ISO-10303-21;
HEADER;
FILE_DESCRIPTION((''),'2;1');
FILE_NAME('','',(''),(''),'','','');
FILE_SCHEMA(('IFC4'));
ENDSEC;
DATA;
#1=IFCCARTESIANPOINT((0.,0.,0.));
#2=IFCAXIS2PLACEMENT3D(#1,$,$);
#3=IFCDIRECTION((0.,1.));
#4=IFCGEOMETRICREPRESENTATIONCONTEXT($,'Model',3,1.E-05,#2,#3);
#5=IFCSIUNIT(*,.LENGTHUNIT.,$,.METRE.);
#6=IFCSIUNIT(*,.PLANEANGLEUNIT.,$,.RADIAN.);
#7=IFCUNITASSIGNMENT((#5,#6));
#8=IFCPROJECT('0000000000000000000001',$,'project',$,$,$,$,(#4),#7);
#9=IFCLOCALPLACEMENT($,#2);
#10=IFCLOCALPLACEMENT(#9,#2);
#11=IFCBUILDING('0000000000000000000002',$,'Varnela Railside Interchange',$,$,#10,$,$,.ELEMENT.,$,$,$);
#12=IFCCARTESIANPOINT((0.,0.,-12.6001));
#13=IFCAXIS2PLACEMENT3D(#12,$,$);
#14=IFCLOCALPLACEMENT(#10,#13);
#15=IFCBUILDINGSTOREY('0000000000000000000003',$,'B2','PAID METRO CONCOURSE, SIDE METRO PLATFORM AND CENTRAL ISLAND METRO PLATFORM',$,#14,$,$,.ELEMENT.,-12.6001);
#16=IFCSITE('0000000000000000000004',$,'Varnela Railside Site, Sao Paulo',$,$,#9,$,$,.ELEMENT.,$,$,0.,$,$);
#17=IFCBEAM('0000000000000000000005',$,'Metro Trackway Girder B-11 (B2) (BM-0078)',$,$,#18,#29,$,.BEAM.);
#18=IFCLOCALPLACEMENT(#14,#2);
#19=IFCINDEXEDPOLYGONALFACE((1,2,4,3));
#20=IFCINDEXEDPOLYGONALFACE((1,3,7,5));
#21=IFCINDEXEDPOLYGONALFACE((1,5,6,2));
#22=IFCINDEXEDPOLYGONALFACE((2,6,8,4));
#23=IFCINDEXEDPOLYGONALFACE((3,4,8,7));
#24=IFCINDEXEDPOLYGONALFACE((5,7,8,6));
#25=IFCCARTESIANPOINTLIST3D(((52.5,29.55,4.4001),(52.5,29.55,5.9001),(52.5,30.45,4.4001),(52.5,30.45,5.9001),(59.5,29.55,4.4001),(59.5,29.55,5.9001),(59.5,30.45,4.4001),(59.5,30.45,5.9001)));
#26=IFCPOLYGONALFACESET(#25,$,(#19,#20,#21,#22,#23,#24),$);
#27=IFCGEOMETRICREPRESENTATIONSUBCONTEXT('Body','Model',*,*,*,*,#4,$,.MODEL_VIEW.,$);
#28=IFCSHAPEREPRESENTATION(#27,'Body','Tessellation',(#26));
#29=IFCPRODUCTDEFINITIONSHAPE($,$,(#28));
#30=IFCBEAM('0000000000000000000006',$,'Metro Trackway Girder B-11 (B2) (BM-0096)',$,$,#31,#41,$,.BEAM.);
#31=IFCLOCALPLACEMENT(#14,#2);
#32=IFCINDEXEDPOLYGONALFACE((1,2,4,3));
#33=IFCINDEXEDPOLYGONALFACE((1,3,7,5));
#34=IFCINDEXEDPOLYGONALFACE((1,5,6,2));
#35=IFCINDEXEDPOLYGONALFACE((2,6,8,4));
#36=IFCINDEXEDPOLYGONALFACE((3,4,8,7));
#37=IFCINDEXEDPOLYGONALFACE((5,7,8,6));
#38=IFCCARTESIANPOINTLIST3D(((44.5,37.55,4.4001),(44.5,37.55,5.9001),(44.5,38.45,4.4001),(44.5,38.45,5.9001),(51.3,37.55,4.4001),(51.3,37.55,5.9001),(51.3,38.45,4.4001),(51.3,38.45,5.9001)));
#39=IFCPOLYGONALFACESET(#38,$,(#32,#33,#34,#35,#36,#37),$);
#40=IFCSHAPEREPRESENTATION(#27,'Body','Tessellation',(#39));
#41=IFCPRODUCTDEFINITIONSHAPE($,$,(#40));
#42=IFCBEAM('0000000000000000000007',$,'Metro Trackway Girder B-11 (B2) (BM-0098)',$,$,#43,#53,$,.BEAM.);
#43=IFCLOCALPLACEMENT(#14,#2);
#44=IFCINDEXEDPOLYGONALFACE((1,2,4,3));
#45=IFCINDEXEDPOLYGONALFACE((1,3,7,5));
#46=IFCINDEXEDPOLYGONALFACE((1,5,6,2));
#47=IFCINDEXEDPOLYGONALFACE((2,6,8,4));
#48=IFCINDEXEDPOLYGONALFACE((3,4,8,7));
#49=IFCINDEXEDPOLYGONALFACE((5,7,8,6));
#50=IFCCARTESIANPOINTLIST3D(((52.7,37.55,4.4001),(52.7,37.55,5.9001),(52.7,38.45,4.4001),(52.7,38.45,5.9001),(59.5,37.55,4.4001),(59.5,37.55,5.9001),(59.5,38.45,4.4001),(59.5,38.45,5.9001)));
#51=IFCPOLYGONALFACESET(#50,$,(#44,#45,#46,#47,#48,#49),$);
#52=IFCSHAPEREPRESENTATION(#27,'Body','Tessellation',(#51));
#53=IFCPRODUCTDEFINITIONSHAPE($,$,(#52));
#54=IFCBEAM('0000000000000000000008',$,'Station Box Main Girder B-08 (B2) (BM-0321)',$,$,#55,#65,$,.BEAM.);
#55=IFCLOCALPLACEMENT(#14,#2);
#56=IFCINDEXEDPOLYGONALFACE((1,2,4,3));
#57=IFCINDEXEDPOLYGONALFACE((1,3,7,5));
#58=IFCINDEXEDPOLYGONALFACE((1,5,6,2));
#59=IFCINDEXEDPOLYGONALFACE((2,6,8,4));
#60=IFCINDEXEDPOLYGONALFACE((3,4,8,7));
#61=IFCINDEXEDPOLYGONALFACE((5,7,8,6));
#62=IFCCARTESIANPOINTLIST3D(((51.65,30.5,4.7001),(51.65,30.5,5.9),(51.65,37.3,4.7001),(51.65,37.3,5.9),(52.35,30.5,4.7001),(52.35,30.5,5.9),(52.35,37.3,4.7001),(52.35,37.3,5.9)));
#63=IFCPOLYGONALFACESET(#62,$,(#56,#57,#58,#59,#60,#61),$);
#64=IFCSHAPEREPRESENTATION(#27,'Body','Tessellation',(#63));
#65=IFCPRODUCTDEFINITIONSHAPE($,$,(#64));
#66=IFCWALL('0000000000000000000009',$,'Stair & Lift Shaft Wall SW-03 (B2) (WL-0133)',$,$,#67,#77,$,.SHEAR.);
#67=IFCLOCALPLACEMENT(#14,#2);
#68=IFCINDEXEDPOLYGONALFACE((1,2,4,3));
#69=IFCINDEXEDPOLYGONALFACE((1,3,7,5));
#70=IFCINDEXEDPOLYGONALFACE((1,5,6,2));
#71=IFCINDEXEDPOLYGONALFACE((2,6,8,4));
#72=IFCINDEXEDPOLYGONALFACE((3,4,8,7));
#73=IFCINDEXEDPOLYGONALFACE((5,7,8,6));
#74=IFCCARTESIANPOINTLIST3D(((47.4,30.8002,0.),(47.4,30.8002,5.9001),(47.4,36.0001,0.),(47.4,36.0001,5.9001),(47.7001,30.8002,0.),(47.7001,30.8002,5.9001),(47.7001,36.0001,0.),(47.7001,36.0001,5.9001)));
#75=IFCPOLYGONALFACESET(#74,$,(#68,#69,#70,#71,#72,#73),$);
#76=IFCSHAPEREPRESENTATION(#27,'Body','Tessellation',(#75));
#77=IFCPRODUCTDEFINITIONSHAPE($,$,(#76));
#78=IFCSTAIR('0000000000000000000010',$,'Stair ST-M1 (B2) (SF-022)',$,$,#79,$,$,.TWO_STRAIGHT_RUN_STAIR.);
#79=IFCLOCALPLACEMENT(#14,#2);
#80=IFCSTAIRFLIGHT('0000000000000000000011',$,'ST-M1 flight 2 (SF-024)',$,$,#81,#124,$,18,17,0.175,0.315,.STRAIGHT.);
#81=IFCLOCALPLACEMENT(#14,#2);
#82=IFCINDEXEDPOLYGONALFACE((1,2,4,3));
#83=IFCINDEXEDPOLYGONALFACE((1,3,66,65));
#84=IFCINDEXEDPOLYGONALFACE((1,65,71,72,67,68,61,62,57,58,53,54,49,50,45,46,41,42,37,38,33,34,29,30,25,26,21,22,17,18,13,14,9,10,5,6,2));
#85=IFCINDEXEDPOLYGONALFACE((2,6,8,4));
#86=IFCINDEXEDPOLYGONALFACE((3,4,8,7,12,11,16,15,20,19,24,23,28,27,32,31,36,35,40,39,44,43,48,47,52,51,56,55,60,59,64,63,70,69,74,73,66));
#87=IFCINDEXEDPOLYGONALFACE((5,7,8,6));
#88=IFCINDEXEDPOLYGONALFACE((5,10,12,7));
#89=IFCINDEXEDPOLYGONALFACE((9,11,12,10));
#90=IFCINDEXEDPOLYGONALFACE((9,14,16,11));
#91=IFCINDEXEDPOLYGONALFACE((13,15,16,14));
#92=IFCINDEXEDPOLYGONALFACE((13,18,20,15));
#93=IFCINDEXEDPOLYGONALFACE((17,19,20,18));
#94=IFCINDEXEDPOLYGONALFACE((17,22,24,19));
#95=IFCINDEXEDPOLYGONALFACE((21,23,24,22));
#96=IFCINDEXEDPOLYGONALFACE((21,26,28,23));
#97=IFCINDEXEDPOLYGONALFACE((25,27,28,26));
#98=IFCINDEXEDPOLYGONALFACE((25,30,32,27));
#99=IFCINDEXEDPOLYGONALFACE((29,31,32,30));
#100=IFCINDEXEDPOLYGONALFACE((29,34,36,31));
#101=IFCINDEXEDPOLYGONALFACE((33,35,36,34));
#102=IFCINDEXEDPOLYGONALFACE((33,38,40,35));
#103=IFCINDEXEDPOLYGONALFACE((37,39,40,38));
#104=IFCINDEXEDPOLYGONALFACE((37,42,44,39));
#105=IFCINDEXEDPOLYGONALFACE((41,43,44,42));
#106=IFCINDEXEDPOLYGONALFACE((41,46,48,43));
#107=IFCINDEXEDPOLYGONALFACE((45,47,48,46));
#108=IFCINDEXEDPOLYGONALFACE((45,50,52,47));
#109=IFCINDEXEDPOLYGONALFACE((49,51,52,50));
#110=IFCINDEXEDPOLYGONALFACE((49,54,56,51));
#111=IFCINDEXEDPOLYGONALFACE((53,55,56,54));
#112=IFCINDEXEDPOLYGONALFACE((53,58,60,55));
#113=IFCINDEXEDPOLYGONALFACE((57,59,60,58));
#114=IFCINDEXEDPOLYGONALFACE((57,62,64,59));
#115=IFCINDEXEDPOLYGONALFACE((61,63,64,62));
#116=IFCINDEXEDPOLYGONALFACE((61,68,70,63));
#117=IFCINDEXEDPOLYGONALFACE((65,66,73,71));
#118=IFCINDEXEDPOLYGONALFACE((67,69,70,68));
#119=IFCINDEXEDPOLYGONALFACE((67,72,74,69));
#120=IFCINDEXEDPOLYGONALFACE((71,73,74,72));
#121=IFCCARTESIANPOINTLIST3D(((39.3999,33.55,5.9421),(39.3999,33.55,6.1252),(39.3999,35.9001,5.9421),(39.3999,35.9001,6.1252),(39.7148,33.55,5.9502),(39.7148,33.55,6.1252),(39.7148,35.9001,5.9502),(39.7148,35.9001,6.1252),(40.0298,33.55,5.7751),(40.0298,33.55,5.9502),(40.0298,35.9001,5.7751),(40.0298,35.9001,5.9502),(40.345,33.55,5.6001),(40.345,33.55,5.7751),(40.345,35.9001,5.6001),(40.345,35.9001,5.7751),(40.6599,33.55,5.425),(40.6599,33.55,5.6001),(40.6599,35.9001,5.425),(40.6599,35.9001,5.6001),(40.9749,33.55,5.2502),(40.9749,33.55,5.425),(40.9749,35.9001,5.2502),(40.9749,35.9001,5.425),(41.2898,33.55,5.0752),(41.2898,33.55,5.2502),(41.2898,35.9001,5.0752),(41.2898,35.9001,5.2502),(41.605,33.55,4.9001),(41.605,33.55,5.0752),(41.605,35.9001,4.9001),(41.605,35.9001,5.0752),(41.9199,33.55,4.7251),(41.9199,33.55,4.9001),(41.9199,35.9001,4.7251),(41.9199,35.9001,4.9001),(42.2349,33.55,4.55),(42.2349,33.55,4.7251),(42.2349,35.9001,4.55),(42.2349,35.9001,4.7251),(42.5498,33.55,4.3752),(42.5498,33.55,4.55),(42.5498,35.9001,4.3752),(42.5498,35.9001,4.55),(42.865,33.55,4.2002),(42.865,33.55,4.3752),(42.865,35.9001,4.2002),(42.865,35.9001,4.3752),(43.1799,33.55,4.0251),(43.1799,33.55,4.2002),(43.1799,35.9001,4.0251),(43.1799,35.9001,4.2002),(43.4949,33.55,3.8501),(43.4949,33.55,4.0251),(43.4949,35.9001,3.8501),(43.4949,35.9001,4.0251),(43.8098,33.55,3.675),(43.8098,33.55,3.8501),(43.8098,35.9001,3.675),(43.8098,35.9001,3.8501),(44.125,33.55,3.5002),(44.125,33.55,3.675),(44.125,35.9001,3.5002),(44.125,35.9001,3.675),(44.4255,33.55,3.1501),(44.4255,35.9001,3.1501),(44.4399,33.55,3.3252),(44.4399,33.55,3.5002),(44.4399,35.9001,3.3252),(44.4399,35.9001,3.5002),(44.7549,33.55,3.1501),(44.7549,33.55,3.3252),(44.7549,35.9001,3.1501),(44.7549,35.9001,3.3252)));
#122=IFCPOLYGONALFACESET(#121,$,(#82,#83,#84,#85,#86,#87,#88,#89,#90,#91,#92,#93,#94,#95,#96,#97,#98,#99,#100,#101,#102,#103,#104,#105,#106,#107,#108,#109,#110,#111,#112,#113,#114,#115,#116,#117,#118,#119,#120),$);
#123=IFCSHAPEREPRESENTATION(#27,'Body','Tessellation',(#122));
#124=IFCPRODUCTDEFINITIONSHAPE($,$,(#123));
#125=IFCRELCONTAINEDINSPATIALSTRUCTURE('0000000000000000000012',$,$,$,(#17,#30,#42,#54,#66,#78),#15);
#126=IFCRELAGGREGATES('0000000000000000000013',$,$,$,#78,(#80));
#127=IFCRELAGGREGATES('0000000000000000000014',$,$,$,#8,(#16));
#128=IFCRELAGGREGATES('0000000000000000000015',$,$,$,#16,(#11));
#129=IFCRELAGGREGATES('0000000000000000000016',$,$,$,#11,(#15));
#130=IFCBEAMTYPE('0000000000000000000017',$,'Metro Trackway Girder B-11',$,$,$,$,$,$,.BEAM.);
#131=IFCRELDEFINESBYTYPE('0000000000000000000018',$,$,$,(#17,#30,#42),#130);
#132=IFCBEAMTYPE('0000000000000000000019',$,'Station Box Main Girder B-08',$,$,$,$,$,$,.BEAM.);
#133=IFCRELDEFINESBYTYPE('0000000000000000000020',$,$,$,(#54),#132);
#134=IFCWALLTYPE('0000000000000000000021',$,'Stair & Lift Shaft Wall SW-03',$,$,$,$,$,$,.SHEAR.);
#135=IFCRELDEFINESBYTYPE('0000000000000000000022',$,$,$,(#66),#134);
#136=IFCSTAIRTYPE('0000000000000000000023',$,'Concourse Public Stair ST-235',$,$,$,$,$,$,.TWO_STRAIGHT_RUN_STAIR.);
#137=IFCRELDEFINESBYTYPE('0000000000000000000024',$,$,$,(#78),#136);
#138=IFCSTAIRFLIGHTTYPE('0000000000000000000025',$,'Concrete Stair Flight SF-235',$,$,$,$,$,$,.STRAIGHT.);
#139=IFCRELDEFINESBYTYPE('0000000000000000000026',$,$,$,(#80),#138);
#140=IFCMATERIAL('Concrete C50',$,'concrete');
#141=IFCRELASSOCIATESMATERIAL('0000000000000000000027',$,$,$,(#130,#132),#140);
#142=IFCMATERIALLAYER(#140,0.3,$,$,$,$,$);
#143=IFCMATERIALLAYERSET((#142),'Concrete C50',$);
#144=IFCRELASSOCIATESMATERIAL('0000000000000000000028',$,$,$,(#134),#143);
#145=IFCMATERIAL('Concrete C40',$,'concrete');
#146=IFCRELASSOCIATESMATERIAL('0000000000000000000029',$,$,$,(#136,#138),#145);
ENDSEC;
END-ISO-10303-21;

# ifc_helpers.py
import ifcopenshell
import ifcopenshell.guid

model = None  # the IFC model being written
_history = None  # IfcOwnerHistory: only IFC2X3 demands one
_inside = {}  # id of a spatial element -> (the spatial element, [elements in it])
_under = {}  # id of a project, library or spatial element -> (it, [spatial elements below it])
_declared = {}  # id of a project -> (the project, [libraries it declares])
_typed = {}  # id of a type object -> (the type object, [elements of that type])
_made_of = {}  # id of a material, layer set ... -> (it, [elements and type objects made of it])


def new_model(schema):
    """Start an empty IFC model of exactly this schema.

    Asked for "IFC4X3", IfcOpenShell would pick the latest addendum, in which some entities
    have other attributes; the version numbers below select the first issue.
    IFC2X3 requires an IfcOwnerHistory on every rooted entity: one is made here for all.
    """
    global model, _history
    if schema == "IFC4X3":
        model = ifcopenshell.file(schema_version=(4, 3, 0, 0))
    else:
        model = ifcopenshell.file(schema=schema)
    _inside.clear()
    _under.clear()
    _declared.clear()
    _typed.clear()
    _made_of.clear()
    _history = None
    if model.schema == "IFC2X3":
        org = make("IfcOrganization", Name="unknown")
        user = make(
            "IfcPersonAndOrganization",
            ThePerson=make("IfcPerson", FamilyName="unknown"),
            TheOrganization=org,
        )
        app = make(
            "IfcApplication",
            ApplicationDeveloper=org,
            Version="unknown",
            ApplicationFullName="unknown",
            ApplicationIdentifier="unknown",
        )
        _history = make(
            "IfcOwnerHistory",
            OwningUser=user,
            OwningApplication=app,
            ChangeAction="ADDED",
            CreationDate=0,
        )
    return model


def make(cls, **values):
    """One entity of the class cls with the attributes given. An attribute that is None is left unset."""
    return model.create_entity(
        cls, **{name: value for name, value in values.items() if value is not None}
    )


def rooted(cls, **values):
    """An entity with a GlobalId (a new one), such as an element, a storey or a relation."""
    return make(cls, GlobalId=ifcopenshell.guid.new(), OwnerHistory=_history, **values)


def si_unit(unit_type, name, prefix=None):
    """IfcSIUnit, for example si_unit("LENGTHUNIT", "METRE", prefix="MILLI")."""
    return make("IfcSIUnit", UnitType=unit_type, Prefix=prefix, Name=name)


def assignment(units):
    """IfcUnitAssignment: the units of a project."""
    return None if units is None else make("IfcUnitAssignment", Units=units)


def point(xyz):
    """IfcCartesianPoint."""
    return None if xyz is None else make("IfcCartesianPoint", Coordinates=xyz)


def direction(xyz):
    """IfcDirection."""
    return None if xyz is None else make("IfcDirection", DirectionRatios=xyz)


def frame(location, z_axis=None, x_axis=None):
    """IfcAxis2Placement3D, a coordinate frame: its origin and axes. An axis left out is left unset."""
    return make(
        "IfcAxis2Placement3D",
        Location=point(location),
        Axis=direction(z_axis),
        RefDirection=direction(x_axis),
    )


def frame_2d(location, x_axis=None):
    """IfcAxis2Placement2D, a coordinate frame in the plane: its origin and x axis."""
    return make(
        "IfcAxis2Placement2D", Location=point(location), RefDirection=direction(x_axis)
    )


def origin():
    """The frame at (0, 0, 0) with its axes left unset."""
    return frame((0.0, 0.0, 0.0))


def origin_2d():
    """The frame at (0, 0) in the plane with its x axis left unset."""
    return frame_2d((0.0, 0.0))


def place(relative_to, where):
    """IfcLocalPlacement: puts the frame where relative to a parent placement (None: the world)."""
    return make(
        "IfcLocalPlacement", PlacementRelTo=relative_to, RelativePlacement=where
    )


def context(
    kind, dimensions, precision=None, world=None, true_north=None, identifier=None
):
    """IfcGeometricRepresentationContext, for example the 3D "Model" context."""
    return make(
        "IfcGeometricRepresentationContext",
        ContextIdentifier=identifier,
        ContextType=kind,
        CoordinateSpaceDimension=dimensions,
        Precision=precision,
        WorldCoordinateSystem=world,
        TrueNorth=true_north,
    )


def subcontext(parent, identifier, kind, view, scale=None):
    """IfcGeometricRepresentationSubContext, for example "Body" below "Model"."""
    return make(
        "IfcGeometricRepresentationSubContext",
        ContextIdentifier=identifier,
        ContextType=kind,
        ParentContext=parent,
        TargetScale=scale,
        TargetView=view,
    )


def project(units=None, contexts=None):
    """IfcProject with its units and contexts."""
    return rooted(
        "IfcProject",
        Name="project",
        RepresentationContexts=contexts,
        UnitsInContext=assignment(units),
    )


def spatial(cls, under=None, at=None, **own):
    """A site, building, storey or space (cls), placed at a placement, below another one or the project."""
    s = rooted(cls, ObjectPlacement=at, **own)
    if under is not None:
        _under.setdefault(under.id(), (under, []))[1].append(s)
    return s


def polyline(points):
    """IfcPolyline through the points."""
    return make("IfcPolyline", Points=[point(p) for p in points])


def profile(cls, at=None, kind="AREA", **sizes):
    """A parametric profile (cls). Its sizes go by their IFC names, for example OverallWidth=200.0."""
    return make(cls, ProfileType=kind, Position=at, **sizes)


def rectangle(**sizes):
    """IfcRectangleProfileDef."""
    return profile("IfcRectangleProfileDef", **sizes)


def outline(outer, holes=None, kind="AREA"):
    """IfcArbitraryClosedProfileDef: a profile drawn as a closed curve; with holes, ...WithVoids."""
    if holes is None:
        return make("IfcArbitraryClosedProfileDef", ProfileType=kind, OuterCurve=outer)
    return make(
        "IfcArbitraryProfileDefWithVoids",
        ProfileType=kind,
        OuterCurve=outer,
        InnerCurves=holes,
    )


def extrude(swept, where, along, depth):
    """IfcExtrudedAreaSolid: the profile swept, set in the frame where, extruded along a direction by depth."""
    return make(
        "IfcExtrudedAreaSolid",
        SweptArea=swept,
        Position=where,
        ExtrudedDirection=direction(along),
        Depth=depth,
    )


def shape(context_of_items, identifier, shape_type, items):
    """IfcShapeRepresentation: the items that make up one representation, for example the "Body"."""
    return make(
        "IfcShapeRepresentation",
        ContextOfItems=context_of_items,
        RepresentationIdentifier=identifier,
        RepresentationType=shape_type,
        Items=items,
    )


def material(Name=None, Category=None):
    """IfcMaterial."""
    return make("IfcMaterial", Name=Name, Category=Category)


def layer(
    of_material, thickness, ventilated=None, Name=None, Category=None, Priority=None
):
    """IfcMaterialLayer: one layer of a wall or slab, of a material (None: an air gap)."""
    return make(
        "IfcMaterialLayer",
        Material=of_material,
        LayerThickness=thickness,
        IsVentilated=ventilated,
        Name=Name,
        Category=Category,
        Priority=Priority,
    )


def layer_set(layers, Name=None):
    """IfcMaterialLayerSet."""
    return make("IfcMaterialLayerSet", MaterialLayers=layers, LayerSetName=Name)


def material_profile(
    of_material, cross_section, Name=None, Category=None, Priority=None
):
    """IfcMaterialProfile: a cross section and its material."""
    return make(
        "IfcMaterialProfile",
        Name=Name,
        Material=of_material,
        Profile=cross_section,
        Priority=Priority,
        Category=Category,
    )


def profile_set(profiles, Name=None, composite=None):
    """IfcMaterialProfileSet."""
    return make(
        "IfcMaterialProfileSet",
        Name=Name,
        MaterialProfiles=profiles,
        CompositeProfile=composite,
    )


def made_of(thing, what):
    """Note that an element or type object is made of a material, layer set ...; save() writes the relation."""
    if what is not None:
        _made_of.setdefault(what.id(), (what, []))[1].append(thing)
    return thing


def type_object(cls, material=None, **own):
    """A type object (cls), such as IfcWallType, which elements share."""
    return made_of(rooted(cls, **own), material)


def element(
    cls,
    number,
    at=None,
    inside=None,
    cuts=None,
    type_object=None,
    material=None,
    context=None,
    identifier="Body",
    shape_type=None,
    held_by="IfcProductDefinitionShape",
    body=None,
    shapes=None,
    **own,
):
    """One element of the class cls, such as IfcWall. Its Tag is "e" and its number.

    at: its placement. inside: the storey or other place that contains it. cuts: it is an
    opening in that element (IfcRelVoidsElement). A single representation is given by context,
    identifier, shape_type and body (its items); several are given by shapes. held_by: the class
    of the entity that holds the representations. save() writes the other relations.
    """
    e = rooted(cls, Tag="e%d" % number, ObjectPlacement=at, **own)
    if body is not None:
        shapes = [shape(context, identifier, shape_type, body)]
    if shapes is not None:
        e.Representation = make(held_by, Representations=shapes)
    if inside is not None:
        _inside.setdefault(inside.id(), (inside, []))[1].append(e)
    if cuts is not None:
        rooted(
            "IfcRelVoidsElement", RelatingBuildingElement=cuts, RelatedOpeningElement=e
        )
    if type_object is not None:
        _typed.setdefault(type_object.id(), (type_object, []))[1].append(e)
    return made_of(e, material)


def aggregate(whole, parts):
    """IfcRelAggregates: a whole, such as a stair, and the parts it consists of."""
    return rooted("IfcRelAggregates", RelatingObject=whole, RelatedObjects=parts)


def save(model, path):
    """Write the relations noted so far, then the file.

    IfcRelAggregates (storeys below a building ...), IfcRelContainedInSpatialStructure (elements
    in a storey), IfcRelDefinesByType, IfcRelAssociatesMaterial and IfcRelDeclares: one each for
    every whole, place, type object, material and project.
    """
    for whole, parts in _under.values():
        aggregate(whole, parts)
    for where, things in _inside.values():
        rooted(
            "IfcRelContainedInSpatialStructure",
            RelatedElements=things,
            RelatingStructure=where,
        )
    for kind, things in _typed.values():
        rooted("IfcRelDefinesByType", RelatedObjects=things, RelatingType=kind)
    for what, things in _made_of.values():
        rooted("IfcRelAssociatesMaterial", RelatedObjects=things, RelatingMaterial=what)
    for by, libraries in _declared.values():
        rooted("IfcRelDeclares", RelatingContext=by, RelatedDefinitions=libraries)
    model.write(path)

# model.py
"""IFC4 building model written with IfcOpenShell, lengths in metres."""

from ifc_helpers import new_model, si_unit, direction, frame, frame_2d, origin, origin_2d, place, context, subcontext, project, spatial, polyline, rectangle, outline, extrude, material, layer, layer_set, material_profile, profile_set, type_object, element, aggregate, save


model = new_model("IFC4")

# Units and contexts
model_context = context("Model", 3, precision=1e-05, world=origin(), true_north=direction((0.0, 1.0)))
body_context = subcontext(model_context, "Body", "Model", "MODEL_VIEW")
ifc_project = project(units=[si_unit("LENGTHUNIT", "METRE"), si_unit("PLANEANGLEUNIT", "RADIAN")], contexts=[model_context])

# Site, building, storey
site_placement = place(None, origin())
site = spatial("IfcSite", under=ifc_project, at=site_placement, Name="Varnela Railside Site, Sao Paulo", CompositionType="ELEMENT", RefElevation=0.0)
building_placement = place(site_placement, origin())
building = spatial("IfcBuilding", under=site, at=building_placement, Name="Varnela Railside Interchange", CompositionType="ELEMENT")
storey_placement = place(building_placement, frame((0.0, 0.0, -12.6001)))
storey = spatial("IfcBuildingStorey", under=building, at=storey_placement, Name="B2", Description="PAID METRO CONCOURSE, SIDE METRO PLATFORM AND CENTRAL ISLAND METRO PLATFORM", CompositionType="ELEMENT", Elevation=-12.6001)

# Shared definitions
ifc_material_1 = material(Name="Concrete C40", Category="concrete")

# Shared definitions
ifc_material_2 = material(Name="Concrete C50", Category="concrete")

# Beams
ifc_material_profile_1 = material_profile(ifc_material_2, rectangle(XDim=0.8999, YDim=1.5, at=origin_2d()), Name="RC 900x1500")
ifc_profile_set_1 = profile_set([ifc_material_profile_1], Name="Concrete C50")
beam_type_1 = type_object("IfcBeamType", Name="Metro Trackway Girder B-11", PredefinedType="BEAM", material=ifc_profile_set_1)
for number, where, z_axis, x_axis, name in (
    (1, (52.5, 30.0, 5.1501), (1.0, 0.0, 0.0), (0.0, 1.0, 0.0), "Metro Trackway Girder B-11 (B2) (BM-0078)"),
):
    element("IfcBeam", number, at=place(storey_placement, frame(where, z_axis=z_axis, x_axis=x_axis)), inside=storey, type_object=beam_type_1, Name=name, PredefinedType="BEAM", context=body_context, shape_type="SweptSolid", body=[
        extrude(rectangle(XDim=0.8999, YDim=1.5, at=origin_2d()), origin(), (0.0, 0.0, 1.0), 7.0),
    ])
for number, where, z_axis, x_axis, name in (
    (2, (44.5, 38.0, 5.1501), (1.0, 0.0, 0.0), (0.0, 1.0, 0.0), "Metro Trackway Girder B-11 (B2) (BM-0096)"),
    (3, (52.7, 38.0, 5.1501), (1.0, 0.0, 0.0), (0.0, 1.0, 0.0), "Metro Trackway Girder B-11 (B2) (BM-0098)"),
):
    element("IfcBeam", number, at=place(storey_placement, frame(where, z_axis=z_axis, x_axis=x_axis)), inside=storey, type_object=beam_type_1, Name=name, PredefinedType="BEAM", context=body_context, shape_type="SweptSolid", body=[
        extrude(rectangle(XDim=0.8999, YDim=1.5, at=origin_2d()), origin(), (0.0, 0.0, 1.0), 6.8),
    ])
ifc_material_profile_2 = material_profile(ifc_material_2, rectangle(XDim=0.7, YDim=1.2, at=origin_2d()), Name="RC 700x1200")
ifc_profile_set_2 = profile_set([ifc_material_profile_2], Name="Concrete C50")
beam_type_2 = type_object("IfcBeamType", Name="Station Box Main Girder B-08", PredefinedType="BEAM", material=ifc_profile_set_2)
beam_1_placement = place(storey_placement, frame((52.0, 30.5, 5.3), z_axis=(0.0, 1.0, 0.0), x_axis=(-1.0, 0.0, 0.0)))
element("IfcBeam", 4, at=beam_1_placement, inside=storey, type_object=beam_type_2, Name="Station Box Main Girder B-08 (B2) (BM-0321)", PredefinedType="BEAM", context=body_context, shape_type="SweptSolid", body=[
    extrude(rectangle(XDim=0.7, YDim=1.2, at=origin_2d()), origin(), (0.0, 0.0, 1.0), 6.8),
])

# Wall
ifc_layer = layer(ifc_material_2, 0.3)
ifc_layer_set = layer_set([ifc_layer], Name="Concrete C50")
wall_type = type_object("IfcWallType", Name="Stair & Lift Shaft Wall SW-03", PredefinedType="SHEAR", material=ifc_layer_set)
wall_placement = place(storey_placement, frame((47.55, 30.8, 0.0), z_axis=(0.0, 0.0, 1.0), x_axis=(0.0, 1.0, 0.0)))
element("IfcWall", 5, at=wall_placement, inside=storey, type_object=wall_type, Name="Stair & Lift Shaft Wall SW-03 (B2) (WL-0133)", PredefinedType="SHEAR", context=body_context, shape_type="SweptSolid", body=[
    extrude(rectangle(XDim=5.2, YDim=0.3, at=frame_2d((2.6001, 0.0))), origin(), (0.0, 0.0, 1.0), 5.9001),
])

# Stair, stair flight
stair_type = type_object("IfcStairType", Name="Concourse Public Stair ST-235", PredefinedType="TWO_STRAIGHT_RUN_STAIR", material=ifc_material_1)
stair_placement = place(storey_placement, origin())
stair = element("IfcStair", 6, at=stair_placement, inside=storey, type_object=stair_type, Name="Stair ST-M1 (B2) (SF-022)", PredefinedType="TWO_STRAIGHT_RUN_STAIR")
stair_flight_type = type_object("IfcStairFlightType", Name="Concrete Stair Flight SF-235", PredefinedType="STRAIGHT", material=ifc_material_1)
stair_flight_placement = place(storey_placement, frame((44.7549, 34.7251, 3.1501), z_axis=(0.0, 0.0, 1.0), x_axis=(-1.0, 0.0, 0.0)))
stair_flight = element("IfcStairFlight", 7, at=stair_flight_placement, type_object=stair_flight_type, Name="ST-M1 flight 2 (SF-024)", NumberOfRisers=18, NumberOfTreads=17, PredefinedType="STRAIGHT", RiserHeight=0.175, TreadLength=0.315, context=body_context, shape_type="SweptSolid", body=[
    extrude(outline(polyline([(0.0, 0.0), (0.0, 0.175), (0.3149, 0.175), (0.3149, 0.3501), (0.6299, 0.3501), (0.6299, 0.5249), (0.9451, 0.5249), (0.9451, 0.7), (1.26, 0.7), (1.26, 0.875), (1.575, 0.875), (1.575, 1.05), (1.8899, 1.05), (1.8899, 1.2251), (2.2051, 1.2251), (2.2051, 1.3999), (2.52, 1.3999), (2.52, 1.575), (2.835, 1.575), (2.835, 1.75), (3.1499, 1.75), (3.1499, 1.925), (3.4651, 1.925), (3.4651, 2.1001), (3.78, 2.1001), (3.78, 2.2749), (4.095, 2.2749), (4.095, 2.45), (4.4099, 2.45), (4.4099, 2.625), (4.7251, 2.625), (4.7251, 2.8), (5.04, 2.8), (5.04, 2.9751), (5.355, 2.9751), (5.355, 3.1499), (5.355, 2.792), (0.3293, 0.0), (0.0, 0.0)])), frame((0.0, 1.175, 0.0), z_axis=(0.0, -1.0, 0.0), x_axis=(1.0, 0.0, 0.0)), (0.0, 0.0, 1.0), 2.3501),
])
aggregate(stair, [stair_flight])

save(model, "model.ifc")
